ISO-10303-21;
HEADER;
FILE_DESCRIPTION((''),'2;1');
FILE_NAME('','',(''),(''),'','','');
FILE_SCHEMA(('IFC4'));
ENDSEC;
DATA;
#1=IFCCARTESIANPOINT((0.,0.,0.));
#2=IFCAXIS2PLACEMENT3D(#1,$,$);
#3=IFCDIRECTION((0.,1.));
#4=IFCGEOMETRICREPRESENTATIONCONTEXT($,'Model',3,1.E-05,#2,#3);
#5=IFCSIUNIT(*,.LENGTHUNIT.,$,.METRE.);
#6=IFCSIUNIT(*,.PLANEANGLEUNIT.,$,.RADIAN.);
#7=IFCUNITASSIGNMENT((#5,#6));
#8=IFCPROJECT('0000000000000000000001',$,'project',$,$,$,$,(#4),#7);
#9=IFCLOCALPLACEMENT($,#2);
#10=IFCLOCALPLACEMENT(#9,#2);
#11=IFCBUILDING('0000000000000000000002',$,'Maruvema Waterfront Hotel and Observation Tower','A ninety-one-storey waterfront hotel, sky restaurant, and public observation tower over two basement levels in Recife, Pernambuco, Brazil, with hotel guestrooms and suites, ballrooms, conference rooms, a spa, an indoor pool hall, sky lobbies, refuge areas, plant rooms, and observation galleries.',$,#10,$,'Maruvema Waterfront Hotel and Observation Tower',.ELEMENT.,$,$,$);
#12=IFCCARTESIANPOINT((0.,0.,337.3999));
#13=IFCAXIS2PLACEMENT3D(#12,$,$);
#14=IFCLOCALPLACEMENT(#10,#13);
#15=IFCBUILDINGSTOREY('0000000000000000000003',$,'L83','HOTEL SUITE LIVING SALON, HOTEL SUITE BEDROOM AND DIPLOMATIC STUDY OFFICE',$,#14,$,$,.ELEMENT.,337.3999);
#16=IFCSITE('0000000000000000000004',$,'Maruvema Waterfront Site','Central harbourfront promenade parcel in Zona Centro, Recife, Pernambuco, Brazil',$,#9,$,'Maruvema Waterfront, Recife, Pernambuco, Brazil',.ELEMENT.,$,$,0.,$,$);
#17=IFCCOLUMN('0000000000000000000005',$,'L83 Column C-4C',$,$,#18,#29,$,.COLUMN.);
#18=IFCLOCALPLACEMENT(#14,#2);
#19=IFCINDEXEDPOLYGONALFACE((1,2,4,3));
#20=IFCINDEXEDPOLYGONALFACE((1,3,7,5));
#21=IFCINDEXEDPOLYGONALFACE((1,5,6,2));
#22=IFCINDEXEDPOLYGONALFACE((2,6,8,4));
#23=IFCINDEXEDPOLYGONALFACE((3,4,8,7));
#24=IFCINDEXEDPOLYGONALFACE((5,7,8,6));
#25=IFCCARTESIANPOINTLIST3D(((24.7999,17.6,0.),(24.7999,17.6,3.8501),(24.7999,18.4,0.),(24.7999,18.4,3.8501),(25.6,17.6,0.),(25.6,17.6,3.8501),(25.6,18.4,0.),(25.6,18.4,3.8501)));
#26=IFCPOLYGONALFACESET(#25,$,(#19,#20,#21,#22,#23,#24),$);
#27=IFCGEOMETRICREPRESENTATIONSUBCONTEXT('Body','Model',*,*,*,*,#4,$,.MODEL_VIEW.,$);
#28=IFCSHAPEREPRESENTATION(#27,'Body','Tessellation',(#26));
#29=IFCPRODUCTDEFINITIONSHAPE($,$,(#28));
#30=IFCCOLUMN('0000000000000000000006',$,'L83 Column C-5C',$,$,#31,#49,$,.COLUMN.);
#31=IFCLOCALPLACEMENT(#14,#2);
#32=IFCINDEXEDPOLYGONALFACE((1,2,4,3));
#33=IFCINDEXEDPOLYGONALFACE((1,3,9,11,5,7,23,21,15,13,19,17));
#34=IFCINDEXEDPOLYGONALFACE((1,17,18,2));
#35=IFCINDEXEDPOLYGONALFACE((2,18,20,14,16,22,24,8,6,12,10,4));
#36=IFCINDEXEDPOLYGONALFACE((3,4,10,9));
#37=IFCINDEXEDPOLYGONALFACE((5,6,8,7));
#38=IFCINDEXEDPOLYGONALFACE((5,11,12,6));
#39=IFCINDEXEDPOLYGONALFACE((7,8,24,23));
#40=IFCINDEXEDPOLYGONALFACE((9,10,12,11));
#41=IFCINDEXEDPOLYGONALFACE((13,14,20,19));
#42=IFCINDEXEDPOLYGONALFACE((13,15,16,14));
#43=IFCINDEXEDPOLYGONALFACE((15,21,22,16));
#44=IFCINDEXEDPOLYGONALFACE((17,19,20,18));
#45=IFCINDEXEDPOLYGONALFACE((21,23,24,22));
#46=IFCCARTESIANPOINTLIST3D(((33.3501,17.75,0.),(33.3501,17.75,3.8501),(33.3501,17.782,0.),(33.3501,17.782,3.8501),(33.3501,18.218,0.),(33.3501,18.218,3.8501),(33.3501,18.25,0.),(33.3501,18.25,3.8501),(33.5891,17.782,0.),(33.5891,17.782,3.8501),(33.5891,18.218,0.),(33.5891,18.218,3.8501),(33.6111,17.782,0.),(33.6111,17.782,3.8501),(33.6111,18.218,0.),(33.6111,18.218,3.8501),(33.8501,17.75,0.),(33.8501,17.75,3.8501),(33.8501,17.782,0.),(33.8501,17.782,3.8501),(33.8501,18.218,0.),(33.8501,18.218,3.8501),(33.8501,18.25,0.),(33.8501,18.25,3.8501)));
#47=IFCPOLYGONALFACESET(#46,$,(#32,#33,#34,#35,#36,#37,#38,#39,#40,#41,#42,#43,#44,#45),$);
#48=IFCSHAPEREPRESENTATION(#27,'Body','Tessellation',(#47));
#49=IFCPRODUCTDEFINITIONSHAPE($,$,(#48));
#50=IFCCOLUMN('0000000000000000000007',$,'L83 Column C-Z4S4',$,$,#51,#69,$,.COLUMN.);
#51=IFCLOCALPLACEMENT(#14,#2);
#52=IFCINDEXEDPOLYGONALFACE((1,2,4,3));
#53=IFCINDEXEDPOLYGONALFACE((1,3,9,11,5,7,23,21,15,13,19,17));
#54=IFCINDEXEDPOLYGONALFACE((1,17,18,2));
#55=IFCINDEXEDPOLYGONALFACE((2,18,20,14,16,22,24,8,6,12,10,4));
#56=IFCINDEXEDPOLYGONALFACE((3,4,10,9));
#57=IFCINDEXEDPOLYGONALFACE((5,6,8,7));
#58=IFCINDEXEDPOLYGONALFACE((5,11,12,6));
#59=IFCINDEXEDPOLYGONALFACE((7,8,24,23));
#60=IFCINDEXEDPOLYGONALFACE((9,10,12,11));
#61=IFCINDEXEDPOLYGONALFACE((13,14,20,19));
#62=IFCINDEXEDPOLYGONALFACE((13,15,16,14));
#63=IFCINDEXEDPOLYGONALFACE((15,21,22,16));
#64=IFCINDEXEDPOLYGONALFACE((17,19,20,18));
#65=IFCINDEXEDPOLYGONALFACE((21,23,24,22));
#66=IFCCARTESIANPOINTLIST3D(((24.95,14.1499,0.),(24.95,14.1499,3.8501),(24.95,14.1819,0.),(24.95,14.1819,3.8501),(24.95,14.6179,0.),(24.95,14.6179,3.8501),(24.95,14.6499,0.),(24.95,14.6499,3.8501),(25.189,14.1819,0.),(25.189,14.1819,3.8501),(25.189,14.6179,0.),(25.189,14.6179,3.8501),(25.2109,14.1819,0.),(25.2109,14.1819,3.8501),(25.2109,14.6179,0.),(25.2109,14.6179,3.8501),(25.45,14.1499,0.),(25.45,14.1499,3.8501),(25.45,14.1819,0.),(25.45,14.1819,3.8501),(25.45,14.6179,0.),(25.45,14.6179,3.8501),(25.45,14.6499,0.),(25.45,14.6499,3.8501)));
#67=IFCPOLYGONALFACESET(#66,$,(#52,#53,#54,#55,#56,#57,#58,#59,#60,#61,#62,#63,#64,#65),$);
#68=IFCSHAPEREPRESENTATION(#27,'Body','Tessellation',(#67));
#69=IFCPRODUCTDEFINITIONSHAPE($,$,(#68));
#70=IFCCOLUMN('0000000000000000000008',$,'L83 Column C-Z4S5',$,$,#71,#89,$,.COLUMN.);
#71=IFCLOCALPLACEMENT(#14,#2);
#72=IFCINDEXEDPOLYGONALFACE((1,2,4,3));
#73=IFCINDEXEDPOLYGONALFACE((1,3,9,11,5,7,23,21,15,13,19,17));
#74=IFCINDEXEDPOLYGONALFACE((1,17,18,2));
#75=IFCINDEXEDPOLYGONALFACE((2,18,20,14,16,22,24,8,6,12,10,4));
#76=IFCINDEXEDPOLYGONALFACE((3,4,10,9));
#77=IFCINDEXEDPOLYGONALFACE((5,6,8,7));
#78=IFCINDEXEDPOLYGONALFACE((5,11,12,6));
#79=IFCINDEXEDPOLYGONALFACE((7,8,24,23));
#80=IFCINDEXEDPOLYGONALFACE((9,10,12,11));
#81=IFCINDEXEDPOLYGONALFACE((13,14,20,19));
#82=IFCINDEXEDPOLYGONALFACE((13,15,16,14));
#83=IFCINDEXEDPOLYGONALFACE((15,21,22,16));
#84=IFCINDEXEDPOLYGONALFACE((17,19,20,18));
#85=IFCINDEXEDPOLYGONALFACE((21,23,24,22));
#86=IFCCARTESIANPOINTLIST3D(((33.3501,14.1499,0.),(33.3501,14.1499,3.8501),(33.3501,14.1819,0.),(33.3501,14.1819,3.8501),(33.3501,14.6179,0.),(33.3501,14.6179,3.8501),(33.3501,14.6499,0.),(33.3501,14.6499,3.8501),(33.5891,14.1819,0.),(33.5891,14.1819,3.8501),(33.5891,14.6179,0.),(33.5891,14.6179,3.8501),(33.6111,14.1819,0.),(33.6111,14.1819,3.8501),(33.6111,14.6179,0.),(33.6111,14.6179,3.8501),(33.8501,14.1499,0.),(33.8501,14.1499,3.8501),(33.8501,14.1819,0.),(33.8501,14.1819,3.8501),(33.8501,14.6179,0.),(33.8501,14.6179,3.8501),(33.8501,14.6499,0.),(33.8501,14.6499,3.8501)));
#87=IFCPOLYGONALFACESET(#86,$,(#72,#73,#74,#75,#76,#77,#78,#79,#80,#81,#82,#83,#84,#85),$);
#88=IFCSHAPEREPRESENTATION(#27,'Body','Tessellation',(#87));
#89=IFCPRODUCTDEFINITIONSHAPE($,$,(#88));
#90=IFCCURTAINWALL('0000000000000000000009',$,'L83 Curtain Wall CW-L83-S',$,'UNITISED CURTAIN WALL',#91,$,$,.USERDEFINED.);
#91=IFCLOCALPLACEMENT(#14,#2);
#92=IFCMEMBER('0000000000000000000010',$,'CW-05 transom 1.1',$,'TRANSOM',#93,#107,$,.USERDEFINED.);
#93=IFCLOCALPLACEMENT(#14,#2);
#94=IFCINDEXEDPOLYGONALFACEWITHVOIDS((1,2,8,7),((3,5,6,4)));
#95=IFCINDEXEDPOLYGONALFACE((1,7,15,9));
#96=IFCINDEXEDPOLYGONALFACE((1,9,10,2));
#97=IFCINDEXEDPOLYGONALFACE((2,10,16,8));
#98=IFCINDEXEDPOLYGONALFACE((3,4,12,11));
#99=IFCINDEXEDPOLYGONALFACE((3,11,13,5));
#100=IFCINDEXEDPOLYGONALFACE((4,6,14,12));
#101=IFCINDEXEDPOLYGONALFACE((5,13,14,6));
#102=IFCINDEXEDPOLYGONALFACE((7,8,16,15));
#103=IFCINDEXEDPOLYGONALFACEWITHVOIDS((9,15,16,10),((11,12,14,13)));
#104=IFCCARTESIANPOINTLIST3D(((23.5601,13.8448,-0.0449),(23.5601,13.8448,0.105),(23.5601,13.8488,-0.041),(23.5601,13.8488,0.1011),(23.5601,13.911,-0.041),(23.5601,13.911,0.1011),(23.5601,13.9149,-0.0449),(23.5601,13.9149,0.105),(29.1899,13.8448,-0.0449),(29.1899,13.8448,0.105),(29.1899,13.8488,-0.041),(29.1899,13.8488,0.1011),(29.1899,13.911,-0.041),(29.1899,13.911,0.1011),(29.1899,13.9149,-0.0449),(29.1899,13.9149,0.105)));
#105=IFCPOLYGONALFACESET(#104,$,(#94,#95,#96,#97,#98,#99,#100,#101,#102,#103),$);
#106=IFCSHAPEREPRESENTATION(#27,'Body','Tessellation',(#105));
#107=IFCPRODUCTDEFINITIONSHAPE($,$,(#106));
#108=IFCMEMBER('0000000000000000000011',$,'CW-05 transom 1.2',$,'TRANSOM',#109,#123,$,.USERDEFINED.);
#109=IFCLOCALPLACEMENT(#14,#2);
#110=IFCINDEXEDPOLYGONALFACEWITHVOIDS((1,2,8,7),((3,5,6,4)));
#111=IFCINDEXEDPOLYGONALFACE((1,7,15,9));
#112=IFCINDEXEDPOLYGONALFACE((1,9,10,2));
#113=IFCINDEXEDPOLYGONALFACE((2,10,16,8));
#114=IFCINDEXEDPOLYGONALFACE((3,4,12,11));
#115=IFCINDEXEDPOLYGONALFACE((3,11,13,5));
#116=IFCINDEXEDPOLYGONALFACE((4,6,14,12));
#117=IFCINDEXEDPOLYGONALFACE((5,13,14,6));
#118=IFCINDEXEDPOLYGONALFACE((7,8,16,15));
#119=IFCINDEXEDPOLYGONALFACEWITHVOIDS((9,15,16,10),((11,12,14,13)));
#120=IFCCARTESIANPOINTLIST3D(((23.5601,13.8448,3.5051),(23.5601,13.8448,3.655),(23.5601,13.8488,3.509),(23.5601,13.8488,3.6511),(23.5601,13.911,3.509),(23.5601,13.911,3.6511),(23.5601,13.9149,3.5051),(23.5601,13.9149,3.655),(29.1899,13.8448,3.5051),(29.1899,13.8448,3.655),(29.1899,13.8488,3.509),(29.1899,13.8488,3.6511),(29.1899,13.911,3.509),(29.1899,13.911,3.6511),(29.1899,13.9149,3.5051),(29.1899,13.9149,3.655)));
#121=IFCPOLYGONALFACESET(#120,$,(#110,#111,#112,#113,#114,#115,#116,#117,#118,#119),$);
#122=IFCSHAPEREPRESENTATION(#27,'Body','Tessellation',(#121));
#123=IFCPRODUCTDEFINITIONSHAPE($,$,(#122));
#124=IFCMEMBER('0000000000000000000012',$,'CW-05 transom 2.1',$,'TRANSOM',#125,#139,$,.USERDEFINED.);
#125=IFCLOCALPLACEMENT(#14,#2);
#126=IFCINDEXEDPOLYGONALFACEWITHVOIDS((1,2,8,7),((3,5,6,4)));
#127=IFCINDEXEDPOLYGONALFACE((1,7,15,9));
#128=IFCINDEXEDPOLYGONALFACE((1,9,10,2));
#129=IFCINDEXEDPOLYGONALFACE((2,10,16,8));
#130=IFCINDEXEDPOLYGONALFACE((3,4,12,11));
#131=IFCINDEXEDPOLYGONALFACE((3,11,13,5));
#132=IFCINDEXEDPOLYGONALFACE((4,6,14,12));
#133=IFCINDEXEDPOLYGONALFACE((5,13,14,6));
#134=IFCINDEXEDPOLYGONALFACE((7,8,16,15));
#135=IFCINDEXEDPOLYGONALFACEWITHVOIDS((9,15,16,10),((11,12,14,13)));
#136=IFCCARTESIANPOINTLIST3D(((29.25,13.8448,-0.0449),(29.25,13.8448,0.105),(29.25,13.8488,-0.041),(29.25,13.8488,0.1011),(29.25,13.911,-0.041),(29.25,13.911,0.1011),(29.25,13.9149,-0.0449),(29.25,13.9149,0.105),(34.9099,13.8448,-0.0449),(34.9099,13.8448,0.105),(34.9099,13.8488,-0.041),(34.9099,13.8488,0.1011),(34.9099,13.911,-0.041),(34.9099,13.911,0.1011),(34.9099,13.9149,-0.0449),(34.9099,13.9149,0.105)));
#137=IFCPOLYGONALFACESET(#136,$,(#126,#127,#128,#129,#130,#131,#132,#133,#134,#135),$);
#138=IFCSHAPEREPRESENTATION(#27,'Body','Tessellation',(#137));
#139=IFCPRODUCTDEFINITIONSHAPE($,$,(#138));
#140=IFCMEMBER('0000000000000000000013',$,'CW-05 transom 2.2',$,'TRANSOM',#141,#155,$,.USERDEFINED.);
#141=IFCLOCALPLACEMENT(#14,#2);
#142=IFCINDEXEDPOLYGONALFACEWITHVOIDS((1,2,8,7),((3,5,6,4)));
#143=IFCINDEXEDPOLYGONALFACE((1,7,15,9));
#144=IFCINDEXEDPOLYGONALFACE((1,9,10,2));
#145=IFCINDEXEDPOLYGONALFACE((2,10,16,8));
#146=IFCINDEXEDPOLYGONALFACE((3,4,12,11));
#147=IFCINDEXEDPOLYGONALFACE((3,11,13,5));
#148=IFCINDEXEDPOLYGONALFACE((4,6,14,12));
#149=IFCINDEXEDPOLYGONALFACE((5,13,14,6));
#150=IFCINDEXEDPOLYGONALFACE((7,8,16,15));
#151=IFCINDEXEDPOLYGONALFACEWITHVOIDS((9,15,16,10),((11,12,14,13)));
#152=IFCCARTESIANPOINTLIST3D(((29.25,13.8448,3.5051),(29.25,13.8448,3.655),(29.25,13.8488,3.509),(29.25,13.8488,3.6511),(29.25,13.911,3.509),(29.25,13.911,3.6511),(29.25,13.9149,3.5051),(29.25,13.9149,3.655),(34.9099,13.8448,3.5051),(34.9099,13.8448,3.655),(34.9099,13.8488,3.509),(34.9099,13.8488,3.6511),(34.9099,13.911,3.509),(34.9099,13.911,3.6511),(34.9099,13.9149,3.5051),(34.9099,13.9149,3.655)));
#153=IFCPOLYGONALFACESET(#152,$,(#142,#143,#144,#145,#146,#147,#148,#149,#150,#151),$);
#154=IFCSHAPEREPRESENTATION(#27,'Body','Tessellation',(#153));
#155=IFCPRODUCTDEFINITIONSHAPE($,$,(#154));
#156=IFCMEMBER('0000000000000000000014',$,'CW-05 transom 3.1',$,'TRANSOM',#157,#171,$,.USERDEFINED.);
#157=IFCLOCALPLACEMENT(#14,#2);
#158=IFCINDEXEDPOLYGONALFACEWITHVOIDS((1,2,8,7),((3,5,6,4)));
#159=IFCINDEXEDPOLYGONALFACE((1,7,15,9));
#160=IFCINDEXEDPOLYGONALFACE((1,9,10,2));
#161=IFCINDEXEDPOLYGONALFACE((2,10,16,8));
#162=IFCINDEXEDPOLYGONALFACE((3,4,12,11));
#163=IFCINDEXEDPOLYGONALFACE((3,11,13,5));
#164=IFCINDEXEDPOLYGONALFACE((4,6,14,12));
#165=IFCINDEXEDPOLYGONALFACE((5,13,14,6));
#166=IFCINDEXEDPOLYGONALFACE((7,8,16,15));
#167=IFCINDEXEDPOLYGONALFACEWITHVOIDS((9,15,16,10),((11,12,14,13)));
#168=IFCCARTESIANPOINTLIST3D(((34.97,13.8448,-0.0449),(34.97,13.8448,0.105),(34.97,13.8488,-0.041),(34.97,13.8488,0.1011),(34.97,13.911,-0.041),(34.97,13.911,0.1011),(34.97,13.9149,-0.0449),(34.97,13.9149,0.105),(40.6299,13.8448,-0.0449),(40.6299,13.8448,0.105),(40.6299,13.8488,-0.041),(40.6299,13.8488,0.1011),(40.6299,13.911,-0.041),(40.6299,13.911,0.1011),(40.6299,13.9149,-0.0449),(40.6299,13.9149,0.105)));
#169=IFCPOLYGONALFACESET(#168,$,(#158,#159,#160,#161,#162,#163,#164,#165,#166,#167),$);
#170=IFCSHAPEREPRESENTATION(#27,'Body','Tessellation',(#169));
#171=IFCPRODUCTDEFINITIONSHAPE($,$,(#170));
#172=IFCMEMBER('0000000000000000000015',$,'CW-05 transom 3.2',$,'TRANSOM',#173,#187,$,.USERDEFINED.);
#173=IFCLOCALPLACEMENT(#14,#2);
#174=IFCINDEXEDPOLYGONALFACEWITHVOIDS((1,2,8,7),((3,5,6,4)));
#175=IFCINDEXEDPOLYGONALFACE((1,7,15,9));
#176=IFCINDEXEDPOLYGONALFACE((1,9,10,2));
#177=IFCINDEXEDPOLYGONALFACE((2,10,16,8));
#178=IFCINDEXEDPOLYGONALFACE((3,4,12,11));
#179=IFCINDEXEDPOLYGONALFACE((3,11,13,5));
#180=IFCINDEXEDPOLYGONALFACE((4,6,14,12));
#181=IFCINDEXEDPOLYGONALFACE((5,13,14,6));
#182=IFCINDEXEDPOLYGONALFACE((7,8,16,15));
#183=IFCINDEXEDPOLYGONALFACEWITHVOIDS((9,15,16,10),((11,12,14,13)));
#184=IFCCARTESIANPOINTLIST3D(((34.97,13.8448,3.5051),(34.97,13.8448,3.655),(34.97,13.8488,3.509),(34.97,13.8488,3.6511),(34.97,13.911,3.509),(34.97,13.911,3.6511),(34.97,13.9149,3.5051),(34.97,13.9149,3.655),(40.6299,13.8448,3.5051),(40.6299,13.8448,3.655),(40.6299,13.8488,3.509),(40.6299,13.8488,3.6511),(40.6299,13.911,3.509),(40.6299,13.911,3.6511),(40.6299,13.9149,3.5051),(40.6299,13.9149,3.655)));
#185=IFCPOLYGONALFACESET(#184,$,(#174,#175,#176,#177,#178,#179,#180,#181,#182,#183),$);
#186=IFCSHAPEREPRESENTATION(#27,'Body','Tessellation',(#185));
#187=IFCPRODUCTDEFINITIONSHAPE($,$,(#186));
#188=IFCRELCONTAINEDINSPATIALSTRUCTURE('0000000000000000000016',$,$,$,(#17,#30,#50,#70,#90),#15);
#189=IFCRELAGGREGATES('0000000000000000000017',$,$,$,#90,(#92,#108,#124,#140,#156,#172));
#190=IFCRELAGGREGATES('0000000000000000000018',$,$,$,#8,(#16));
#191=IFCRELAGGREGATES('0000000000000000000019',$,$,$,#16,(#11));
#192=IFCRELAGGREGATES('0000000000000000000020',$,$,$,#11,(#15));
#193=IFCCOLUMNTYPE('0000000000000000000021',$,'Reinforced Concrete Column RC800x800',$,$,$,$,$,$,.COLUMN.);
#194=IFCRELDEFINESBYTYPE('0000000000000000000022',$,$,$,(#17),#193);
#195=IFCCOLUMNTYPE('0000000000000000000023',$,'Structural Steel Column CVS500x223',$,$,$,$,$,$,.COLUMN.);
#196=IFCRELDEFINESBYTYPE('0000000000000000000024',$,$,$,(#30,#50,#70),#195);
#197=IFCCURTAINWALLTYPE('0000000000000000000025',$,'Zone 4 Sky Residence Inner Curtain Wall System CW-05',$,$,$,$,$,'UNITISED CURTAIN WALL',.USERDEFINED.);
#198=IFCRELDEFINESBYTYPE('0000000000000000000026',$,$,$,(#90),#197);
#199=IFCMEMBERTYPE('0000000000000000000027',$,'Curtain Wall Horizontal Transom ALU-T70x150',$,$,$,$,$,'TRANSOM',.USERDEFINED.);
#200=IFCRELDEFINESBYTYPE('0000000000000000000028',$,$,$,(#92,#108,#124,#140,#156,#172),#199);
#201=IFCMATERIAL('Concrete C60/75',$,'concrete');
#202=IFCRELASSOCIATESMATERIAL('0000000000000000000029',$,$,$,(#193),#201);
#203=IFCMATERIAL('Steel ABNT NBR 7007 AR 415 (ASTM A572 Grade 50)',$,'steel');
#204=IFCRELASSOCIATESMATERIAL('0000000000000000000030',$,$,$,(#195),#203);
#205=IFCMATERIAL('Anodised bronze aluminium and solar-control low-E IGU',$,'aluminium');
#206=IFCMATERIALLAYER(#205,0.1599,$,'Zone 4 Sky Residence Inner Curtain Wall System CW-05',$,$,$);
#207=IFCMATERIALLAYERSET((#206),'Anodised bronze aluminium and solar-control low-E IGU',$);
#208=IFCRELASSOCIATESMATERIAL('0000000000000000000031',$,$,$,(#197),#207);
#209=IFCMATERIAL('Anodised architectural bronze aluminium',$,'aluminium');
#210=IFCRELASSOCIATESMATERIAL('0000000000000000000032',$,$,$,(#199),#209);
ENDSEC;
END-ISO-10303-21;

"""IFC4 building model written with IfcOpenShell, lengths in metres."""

from ifc_helpers import new_model, si_unit, direction, frame, origin, origin_2d, place, context, subcontext, project, spatial, rectangle, hollow_rectangle, i_section, extrude, material, layer, layer_set, material_profile, profile_set, type_object, element, aggregate, save


model = new_model("IFC4")

# Units and contexts
model_context = context("Model", 3, precision=1e-05, world=origin(), true_north=direction((0.0, 1.0)))
body_context = subcontext(model_context, "Body", "Model", "MODEL_VIEW")
ifc_project = project(units=[si_unit("LENGTHUNIT", "METRE"), si_unit("PLANEANGLEUNIT", "RADIAN")], contexts=[model_context])

# Site, building, storey
site_placement = place(None, origin())
site = spatial("IfcSite", under=ifc_project, at=site_placement, Name="Maruvema Waterfront Site", Description="Central harbourfront promenade parcel in Zona Centro, Recife, Pernambuco, Brazil", LongName="Maruvema Waterfront, Recife, Pernambuco, Brazil", CompositionType="ELEMENT", RefElevation=0.0)
building_placement = place(site_placement, origin())
building = spatial("IfcBuilding", under=site, at=building_placement, Name="Maruvema Waterfront Hotel and Observation Tower", Description="A ninety-one-storey waterfront hotel, sky restaurant, and public observation tower over two basement levels in Recife, Pernambuco, Brazil, with hotel guestrooms and suites, ballrooms, conference rooms, a spa, an indoor pool hall, sky lobbies, refuge areas, plant rooms, and observation galleries.", LongName="Maruvema Waterfront Hotel and Observation Tower", CompositionType="ELEMENT")
storey_placement = place(building_placement, frame((0.0, 0.0, 337.3999)))
storey = spatial("IfcBuildingStorey", under=building, at=storey_placement, Name="L83", Description="HOTEL SUITE LIVING SALON, HOTEL SUITE BEDROOM AND DIPLOMATIC STUDY OFFICE", CompositionType="ELEMENT", Elevation=337.3999)

# Columns
ifc_material_1 = material(Name="Concrete C60/75", Category="concrete")
ifc_material_profile_1 = material_profile(ifc_material_1, rectangle(XDim=0.8, YDim=0.8, at=origin_2d()), Name="RC800x800")
ifc_profile_set_1 = profile_set([ifc_material_profile_1], Name="Concrete C60/75")
column_type_1 = type_object("IfcColumnType", Name="Reinforced Concrete Column RC800x800", PredefinedType="COLUMN", material=ifc_profile_set_1)
column_placement = place(storey_placement, frame((25.2, 18.0, 0.0), z_axis=(0.0, 0.0, 1.0), x_axis=(1.0, 0.0, 0.0)))
element("IfcColumn", 1, at=column_placement, inside=storey, type_object=column_type_1, Name="L83 Column C-4C", PredefinedType="COLUMN", context=body_context, shape_type="SweptSolid", body=[
    extrude(rectangle(XDim=0.8, YDim=0.8, at=origin_2d()), origin(), (0.0, 0.0, 1.0), 3.8501),
])
ifc_material_2 = material(Name="Steel ABNT NBR 7007 AR 415 (ASTM A572 Grade 50)", Category="steel")
ifc_material_profile_2 = material_profile(ifc_material_2, i_section(OverallWidth=0.5, OverallDepth=0.5, WebThickness=0.022, FlangeThickness=0.032, at=origin_2d()), Name="CVS500x223")
ifc_profile_set_2 = profile_set([ifc_material_profile_2], Name="Steel ABNT NBR 7007 AR 415 (ASTM A572 Grade 50)")
column_type_2 = type_object("IfcColumnType", Name="Structural Steel Column CVS500x223", PredefinedType="COLUMN", material=ifc_profile_set_2)
for number, where, z_axis, x_axis, name in (
    (2, (33.6001, 18.0, 0.0), (0.0, 0.0, 1.0), (1.0, 0.0, 0.0), "L83 Column C-5C"),
    (3, (25.2, 14.3999, 0.0), (0.0, 0.0, 1.0), (1.0, 0.0, 0.0), "L83 Column C-Z4S4"),
    (4, (33.6001, 14.3999, 0.0), (0.0, 0.0, 1.0), (1.0, 0.0, 0.0), "L83 Column C-Z4S5"),
):
    element("IfcColumn", number, at=place(storey_placement, frame(where, z_axis=z_axis, x_axis=x_axis)), inside=storey, type_object=column_type_2, Name=name, PredefinedType="COLUMN", context=body_context, shape_type="SweptSolid", body=[
        extrude(i_section(OverallWidth=0.5, OverallDepth=0.5, WebThickness=0.022, FlangeThickness=0.032, at=origin_2d()), origin(), (0.0, 0.0, 1.0), 3.8501),
    ])

# Curtain wall, members
ifc_material_3 = material(Name="Anodised bronze aluminium and solar-control low-E IGU", Category="aluminium")
ifc_layer_1 = layer(ifc_material_3, 0.1599, Name="Zone 4 Sky Residence Inner Curtain Wall System CW-05")
ifc_layer_set_1 = layer_set([ifc_layer_1], Name="Anodised bronze aluminium and solar-control low-E IGU")
curtain_wall_type = type_object("IfcCurtainWallType", Name="Zone 4 Sky Residence Inner Curtain Wall System CW-05", ElementType="UNITISED CURTAIN WALL", PredefinedType="USERDEFINED", material=ifc_layer_set_1)
curtain_wall_1_placement = place(storey_placement, origin())
curtain_wall_1 = element("IfcCurtainWall", 5, at=curtain_wall_1_placement, inside=storey, type_object=curtain_wall_type, Name="L83 Curtain Wall CW-L83-S", ObjectType="UNITISED CURTAIN WALL", PredefinedType="USERDEFINED")
ifc_material_4 = material(Name="Anodised architectural bronze aluminium", Category="aluminium")
ifc_material_profile_3 = material_profile(ifc_material_4, hollow_rectangle(XDim=0.0701, YDim=0.1499, WallThickness=0.0039, at=origin_2d()), Name="ALU-T70x150")
ifc_profile_set_3 = profile_set([ifc_material_profile_3], Name="Anodised architectural bronze aluminium")
member_type_1 = type_object("IfcMemberType", Name="Curtain Wall Horizontal Transom ALU-T70x150", ElementType="TRANSOM", PredefinedType="USERDEFINED", material=ifc_profile_set_3)
member_1_placement = place(storey_placement, frame((23.5601, 13.8799, 0.03), z_axis=(1.0, 0.0, 0.0), x_axis=(0.0, 1.0, 0.0)))
member_1 = element("IfcMember", 6, at=member_1_placement, type_object=member_type_1, Name="CW-05 transom 1.1", ObjectType="TRANSOM", PredefinedType="USERDEFINED", context=body_context, shape_type="SweptSolid", body=[
    extrude(hollow_rectangle(XDim=0.0701, YDim=0.1499, WallThickness=0.0039, at=origin_2d()), origin(), (0.0, 0.0, 1.0), 5.6299),
])
member_2_placement = place(storey_placement, frame((23.5601, 13.8799, 3.5801), z_axis=(1.0, 0.0, 0.0), x_axis=(0.0, 1.0, 0.0)))
member_2 = element("IfcMember", 7, at=member_2_placement, type_object=member_type_1, Name="CW-05 transom 1.2", ObjectType="TRANSOM", PredefinedType="USERDEFINED", context=body_context, shape_type="SweptSolid", body=[
    extrude(hollow_rectangle(XDim=0.0701, YDim=0.1499, WallThickness=0.0039, at=origin_2d()), origin(), (0.0, 0.0, 1.0), 5.6299),
])
member_3_placement = place(storey_placement, frame((29.25, 13.8799, 0.03), z_axis=(1.0, 0.0, 0.0), x_axis=(0.0, 1.0, 0.0)))
member_3 = element("IfcMember", 8, at=member_3_placement, type_object=member_type_1, Name="CW-05 transom 2.1", ObjectType="TRANSOM", PredefinedType="USERDEFINED", context=body_context, shape_type="SweptSolid", body=[
    extrude(hollow_rectangle(XDim=0.0701, YDim=0.1499, WallThickness=0.0039, at=origin_2d()), origin(), (0.0, 0.0, 1.0), 5.6599),
])
member_4_placement = place(storey_placement, frame((29.25, 13.8799, 3.5801), z_axis=(1.0, 0.0, 0.0), x_axis=(0.0, 1.0, 0.0)))
member_4 = element("IfcMember", 9, at=member_4_placement, type_object=member_type_1, Name="CW-05 transom 2.2", ObjectType="TRANSOM", PredefinedType="USERDEFINED", context=body_context, shape_type="SweptSolid", body=[
    extrude(hollow_rectangle(XDim=0.0701, YDim=0.1499, WallThickness=0.0039, at=origin_2d()), origin(), (0.0, 0.0, 1.0), 5.6599),
])
member_5_placement = place(storey_placement, frame((34.97, 13.8799, 0.03), z_axis=(1.0, 0.0, 0.0), x_axis=(0.0, 1.0, 0.0)))
member_5 = element("IfcMember", 10, at=member_5_placement, type_object=member_type_1, Name="CW-05 transom 3.1", ObjectType="TRANSOM", PredefinedType="USERDEFINED", context=body_context, shape_type="SweptSolid", body=[
    extrude(hollow_rectangle(XDim=0.0701, YDim=0.1499, WallThickness=0.0039, at=origin_2d()), origin(), (0.0, 0.0, 1.0), 5.6599),
])
member_6_placement = place(storey_placement, frame((34.97, 13.8799, 3.5801), z_axis=(1.0, 0.0, 0.0), x_axis=(0.0, 1.0, 0.0)))
member_6 = element("IfcMember", 11, at=member_6_placement, type_object=member_type_1, Name="CW-05 transom 3.2", ObjectType="TRANSOM", PredefinedType="USERDEFINED", context=body_context, shape_type="SweptSolid", body=[
    extrude(hollow_rectangle(XDim=0.0701, YDim=0.1499, WallThickness=0.0039, at=origin_2d()), origin(), (0.0, 0.0, 1.0), 5.6599),
])

aggregate(curtain_wall_1, [member_1, member_2, member_3, member_4, member_5, member_6])

save(model, "model.ifc")
